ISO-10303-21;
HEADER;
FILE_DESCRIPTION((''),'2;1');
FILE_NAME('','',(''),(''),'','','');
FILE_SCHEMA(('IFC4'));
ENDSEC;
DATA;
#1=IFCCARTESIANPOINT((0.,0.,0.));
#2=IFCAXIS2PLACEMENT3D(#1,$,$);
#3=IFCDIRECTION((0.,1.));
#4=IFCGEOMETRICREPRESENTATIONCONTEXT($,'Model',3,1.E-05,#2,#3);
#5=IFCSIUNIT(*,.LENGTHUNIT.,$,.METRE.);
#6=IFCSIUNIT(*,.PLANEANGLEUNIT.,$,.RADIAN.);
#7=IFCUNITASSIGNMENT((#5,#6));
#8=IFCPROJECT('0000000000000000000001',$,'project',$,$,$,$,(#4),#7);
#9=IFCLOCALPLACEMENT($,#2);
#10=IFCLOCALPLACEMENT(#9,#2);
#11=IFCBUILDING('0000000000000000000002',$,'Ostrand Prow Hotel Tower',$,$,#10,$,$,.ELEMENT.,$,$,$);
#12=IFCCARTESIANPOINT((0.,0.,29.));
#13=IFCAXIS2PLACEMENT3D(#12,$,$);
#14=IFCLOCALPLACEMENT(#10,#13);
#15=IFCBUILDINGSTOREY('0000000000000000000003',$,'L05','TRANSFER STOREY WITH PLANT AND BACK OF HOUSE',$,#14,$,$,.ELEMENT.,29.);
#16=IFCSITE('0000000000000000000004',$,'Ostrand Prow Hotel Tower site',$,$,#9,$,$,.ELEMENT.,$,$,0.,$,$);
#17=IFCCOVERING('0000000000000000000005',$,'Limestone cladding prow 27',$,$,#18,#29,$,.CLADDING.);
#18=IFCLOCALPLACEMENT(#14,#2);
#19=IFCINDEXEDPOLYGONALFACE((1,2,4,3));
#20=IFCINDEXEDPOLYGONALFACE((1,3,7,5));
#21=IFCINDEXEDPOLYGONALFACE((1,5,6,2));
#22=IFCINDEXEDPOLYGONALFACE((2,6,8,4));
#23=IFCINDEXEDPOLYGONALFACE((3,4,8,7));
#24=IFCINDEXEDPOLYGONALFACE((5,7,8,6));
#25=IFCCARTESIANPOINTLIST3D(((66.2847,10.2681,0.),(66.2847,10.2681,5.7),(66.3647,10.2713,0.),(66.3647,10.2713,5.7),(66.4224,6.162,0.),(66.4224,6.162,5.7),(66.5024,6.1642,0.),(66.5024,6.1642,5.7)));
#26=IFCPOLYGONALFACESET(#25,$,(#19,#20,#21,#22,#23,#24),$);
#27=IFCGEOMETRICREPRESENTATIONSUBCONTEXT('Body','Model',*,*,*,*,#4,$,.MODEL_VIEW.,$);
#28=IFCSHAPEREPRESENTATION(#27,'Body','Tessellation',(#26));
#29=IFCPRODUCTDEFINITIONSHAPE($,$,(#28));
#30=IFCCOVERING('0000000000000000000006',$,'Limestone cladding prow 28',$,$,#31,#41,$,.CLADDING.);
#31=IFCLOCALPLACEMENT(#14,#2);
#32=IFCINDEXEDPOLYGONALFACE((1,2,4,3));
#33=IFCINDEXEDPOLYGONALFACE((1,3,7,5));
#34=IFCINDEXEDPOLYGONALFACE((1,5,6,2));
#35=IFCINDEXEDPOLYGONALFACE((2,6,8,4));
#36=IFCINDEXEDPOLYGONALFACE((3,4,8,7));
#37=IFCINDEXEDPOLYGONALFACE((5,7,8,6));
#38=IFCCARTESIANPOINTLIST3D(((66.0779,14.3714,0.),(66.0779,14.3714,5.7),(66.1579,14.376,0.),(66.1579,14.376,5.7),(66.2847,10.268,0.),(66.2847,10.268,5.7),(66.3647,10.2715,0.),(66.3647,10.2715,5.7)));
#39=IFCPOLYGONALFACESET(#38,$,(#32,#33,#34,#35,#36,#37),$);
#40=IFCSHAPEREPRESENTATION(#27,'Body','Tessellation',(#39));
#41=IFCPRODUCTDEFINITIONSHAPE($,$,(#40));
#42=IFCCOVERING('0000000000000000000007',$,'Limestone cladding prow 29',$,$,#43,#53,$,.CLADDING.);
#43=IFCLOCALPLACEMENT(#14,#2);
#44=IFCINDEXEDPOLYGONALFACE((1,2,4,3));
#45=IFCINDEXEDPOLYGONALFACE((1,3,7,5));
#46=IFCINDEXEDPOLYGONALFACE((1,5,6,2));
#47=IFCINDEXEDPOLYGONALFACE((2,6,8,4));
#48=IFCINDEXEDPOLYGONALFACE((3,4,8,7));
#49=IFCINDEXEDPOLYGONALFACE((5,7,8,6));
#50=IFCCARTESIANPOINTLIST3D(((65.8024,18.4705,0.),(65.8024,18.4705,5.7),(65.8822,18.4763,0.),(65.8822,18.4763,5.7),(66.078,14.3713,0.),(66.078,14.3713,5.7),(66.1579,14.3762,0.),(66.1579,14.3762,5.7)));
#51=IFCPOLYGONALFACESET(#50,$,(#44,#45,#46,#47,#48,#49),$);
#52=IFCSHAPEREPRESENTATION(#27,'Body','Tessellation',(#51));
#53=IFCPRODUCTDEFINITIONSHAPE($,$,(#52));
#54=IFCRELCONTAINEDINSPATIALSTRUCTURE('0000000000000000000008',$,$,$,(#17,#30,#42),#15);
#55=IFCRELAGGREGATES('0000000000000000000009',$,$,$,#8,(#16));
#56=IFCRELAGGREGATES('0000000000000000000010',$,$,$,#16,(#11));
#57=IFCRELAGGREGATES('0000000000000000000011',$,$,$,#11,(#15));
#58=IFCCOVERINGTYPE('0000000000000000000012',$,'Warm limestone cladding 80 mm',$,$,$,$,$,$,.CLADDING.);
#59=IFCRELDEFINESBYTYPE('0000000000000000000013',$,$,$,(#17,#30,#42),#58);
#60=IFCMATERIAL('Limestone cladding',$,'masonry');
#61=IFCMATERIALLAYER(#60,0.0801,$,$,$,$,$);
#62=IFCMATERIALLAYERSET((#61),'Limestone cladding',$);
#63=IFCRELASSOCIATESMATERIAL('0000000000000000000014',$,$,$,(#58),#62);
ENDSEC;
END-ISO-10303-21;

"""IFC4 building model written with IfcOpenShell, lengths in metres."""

from ifc_helpers import new_model, si_unit, direction, frame, origin, place, context, subcontext, project, spatial, polyline, outline, extrude, material, layer, layer_set, type_object, element, save


model = new_model("IFC4")

# Units and contexts
model_context = context("Model", 3, precision=1e-05, world=origin(), true_north=direction((0.0, 1.0)))
body_context = subcontext(model_context, "Body", "Model", "MODEL_VIEW")
ifc_project = project(units=[si_unit("LENGTHUNIT", "METRE"), si_unit("PLANEANGLEUNIT", "RADIAN")], contexts=[model_context])

# Site, building, storey
site_placement = place(None, origin())
site = spatial("IfcSite", under=ifc_project, at=site_placement, Name="Ostrand Prow Hotel Tower site", CompositionType="ELEMENT", RefElevation=0.0)
building_placement = place(site_placement, origin())
building = spatial("IfcBuilding", under=site, at=building_placement, Name="Ostrand Prow Hotel Tower", CompositionType="ELEMENT")
storey_placement = place(building_placement, frame((0.0, 0.0, 29.0)))
storey = spatial("IfcBuildingStorey", under=building, at=storey_placement, Name="L05", Description="TRANSFER STOREY WITH PLANT AND BACK OF HOUSE", CompositionType="ELEMENT", Elevation=29.0)

# Coverings
ifc_material_1 = material(Name="Limestone cladding", Category="masonry")
ifc_layer_1 = layer(ifc_material_1, 0.0801)
ifc_layer_set_1 = layer_set([ifc_layer_1], Name="Limestone cladding")
covering_type = type_object("IfcCoveringType", Name="Warm limestone cladding 80 mm", PredefinedType="CLADDING", material=ifc_layer_set_1)
covering_1_placement = place(storey_placement, frame((66.4624, 6.1631, 0.0), z_axis=(0.0, 0.0, 1.0), x_axis=(-0.033511, 0.999438, 0.0)))
element("IfcCovering", 1, at=covering_1_placement, inside=storey, type_object=covering_type, Name="Limestone cladding prow 27", PredefinedType="CLADDING", context=body_context, shape_type="SweptSolid", body=[
    extrude(outline(polyline([(-0.0002, -0.04), (4.1091, -0.04), (4.1086, 0.04), (0.0002, 0.04), (-0.0002, -0.04)])), origin(), (0.0, 0.0, 1.0), 5.7),
])
covering_2_placement = place(storey_placement, frame((66.3247, 10.2698, 0.0), z_axis=(0.0, 0.0, 1.0), x_axis=(-0.050323, 0.998733, 0.0)))
element("IfcCovering", 2, at=covering_2_placement, inside=storey, type_object=covering_type, Name="Limestone cladding prow 28", PredefinedType="CLADDING", context=body_context, shape_type="SweptSolid", body=[
    extrude(outline(polyline([(-0.0002, -0.04), (4.1094, -0.04), (4.1089, 0.04), (0.0002, 0.04), (-0.0002, -0.04)])), origin(), (0.0, 0.0, 1.0), 5.7),
])
covering_3_placement = place(storey_placement, frame((66.1179, 14.3738, 0.0), z_axis=(0.0, 0.0, 1.0), x_axis=(-0.067083, 0.997747, 0.0)))
element("IfcCovering", 3, at=covering_3_placement, inside=storey, type_object=covering_type, Name="Limestone cladding prow 29", PredefinedType="CLADDING", context=body_context, shape_type="SweptSolid", body=[
    extrude(outline(polyline([(-0.0002, -0.04), (4.1091, -0.04), (4.1086, 0.04), (0.0002, 0.04), (-0.0002, -0.04)])), origin(), (0.0, 0.0, 1.0), 5.7),
])

save(model, "model.ifc")
